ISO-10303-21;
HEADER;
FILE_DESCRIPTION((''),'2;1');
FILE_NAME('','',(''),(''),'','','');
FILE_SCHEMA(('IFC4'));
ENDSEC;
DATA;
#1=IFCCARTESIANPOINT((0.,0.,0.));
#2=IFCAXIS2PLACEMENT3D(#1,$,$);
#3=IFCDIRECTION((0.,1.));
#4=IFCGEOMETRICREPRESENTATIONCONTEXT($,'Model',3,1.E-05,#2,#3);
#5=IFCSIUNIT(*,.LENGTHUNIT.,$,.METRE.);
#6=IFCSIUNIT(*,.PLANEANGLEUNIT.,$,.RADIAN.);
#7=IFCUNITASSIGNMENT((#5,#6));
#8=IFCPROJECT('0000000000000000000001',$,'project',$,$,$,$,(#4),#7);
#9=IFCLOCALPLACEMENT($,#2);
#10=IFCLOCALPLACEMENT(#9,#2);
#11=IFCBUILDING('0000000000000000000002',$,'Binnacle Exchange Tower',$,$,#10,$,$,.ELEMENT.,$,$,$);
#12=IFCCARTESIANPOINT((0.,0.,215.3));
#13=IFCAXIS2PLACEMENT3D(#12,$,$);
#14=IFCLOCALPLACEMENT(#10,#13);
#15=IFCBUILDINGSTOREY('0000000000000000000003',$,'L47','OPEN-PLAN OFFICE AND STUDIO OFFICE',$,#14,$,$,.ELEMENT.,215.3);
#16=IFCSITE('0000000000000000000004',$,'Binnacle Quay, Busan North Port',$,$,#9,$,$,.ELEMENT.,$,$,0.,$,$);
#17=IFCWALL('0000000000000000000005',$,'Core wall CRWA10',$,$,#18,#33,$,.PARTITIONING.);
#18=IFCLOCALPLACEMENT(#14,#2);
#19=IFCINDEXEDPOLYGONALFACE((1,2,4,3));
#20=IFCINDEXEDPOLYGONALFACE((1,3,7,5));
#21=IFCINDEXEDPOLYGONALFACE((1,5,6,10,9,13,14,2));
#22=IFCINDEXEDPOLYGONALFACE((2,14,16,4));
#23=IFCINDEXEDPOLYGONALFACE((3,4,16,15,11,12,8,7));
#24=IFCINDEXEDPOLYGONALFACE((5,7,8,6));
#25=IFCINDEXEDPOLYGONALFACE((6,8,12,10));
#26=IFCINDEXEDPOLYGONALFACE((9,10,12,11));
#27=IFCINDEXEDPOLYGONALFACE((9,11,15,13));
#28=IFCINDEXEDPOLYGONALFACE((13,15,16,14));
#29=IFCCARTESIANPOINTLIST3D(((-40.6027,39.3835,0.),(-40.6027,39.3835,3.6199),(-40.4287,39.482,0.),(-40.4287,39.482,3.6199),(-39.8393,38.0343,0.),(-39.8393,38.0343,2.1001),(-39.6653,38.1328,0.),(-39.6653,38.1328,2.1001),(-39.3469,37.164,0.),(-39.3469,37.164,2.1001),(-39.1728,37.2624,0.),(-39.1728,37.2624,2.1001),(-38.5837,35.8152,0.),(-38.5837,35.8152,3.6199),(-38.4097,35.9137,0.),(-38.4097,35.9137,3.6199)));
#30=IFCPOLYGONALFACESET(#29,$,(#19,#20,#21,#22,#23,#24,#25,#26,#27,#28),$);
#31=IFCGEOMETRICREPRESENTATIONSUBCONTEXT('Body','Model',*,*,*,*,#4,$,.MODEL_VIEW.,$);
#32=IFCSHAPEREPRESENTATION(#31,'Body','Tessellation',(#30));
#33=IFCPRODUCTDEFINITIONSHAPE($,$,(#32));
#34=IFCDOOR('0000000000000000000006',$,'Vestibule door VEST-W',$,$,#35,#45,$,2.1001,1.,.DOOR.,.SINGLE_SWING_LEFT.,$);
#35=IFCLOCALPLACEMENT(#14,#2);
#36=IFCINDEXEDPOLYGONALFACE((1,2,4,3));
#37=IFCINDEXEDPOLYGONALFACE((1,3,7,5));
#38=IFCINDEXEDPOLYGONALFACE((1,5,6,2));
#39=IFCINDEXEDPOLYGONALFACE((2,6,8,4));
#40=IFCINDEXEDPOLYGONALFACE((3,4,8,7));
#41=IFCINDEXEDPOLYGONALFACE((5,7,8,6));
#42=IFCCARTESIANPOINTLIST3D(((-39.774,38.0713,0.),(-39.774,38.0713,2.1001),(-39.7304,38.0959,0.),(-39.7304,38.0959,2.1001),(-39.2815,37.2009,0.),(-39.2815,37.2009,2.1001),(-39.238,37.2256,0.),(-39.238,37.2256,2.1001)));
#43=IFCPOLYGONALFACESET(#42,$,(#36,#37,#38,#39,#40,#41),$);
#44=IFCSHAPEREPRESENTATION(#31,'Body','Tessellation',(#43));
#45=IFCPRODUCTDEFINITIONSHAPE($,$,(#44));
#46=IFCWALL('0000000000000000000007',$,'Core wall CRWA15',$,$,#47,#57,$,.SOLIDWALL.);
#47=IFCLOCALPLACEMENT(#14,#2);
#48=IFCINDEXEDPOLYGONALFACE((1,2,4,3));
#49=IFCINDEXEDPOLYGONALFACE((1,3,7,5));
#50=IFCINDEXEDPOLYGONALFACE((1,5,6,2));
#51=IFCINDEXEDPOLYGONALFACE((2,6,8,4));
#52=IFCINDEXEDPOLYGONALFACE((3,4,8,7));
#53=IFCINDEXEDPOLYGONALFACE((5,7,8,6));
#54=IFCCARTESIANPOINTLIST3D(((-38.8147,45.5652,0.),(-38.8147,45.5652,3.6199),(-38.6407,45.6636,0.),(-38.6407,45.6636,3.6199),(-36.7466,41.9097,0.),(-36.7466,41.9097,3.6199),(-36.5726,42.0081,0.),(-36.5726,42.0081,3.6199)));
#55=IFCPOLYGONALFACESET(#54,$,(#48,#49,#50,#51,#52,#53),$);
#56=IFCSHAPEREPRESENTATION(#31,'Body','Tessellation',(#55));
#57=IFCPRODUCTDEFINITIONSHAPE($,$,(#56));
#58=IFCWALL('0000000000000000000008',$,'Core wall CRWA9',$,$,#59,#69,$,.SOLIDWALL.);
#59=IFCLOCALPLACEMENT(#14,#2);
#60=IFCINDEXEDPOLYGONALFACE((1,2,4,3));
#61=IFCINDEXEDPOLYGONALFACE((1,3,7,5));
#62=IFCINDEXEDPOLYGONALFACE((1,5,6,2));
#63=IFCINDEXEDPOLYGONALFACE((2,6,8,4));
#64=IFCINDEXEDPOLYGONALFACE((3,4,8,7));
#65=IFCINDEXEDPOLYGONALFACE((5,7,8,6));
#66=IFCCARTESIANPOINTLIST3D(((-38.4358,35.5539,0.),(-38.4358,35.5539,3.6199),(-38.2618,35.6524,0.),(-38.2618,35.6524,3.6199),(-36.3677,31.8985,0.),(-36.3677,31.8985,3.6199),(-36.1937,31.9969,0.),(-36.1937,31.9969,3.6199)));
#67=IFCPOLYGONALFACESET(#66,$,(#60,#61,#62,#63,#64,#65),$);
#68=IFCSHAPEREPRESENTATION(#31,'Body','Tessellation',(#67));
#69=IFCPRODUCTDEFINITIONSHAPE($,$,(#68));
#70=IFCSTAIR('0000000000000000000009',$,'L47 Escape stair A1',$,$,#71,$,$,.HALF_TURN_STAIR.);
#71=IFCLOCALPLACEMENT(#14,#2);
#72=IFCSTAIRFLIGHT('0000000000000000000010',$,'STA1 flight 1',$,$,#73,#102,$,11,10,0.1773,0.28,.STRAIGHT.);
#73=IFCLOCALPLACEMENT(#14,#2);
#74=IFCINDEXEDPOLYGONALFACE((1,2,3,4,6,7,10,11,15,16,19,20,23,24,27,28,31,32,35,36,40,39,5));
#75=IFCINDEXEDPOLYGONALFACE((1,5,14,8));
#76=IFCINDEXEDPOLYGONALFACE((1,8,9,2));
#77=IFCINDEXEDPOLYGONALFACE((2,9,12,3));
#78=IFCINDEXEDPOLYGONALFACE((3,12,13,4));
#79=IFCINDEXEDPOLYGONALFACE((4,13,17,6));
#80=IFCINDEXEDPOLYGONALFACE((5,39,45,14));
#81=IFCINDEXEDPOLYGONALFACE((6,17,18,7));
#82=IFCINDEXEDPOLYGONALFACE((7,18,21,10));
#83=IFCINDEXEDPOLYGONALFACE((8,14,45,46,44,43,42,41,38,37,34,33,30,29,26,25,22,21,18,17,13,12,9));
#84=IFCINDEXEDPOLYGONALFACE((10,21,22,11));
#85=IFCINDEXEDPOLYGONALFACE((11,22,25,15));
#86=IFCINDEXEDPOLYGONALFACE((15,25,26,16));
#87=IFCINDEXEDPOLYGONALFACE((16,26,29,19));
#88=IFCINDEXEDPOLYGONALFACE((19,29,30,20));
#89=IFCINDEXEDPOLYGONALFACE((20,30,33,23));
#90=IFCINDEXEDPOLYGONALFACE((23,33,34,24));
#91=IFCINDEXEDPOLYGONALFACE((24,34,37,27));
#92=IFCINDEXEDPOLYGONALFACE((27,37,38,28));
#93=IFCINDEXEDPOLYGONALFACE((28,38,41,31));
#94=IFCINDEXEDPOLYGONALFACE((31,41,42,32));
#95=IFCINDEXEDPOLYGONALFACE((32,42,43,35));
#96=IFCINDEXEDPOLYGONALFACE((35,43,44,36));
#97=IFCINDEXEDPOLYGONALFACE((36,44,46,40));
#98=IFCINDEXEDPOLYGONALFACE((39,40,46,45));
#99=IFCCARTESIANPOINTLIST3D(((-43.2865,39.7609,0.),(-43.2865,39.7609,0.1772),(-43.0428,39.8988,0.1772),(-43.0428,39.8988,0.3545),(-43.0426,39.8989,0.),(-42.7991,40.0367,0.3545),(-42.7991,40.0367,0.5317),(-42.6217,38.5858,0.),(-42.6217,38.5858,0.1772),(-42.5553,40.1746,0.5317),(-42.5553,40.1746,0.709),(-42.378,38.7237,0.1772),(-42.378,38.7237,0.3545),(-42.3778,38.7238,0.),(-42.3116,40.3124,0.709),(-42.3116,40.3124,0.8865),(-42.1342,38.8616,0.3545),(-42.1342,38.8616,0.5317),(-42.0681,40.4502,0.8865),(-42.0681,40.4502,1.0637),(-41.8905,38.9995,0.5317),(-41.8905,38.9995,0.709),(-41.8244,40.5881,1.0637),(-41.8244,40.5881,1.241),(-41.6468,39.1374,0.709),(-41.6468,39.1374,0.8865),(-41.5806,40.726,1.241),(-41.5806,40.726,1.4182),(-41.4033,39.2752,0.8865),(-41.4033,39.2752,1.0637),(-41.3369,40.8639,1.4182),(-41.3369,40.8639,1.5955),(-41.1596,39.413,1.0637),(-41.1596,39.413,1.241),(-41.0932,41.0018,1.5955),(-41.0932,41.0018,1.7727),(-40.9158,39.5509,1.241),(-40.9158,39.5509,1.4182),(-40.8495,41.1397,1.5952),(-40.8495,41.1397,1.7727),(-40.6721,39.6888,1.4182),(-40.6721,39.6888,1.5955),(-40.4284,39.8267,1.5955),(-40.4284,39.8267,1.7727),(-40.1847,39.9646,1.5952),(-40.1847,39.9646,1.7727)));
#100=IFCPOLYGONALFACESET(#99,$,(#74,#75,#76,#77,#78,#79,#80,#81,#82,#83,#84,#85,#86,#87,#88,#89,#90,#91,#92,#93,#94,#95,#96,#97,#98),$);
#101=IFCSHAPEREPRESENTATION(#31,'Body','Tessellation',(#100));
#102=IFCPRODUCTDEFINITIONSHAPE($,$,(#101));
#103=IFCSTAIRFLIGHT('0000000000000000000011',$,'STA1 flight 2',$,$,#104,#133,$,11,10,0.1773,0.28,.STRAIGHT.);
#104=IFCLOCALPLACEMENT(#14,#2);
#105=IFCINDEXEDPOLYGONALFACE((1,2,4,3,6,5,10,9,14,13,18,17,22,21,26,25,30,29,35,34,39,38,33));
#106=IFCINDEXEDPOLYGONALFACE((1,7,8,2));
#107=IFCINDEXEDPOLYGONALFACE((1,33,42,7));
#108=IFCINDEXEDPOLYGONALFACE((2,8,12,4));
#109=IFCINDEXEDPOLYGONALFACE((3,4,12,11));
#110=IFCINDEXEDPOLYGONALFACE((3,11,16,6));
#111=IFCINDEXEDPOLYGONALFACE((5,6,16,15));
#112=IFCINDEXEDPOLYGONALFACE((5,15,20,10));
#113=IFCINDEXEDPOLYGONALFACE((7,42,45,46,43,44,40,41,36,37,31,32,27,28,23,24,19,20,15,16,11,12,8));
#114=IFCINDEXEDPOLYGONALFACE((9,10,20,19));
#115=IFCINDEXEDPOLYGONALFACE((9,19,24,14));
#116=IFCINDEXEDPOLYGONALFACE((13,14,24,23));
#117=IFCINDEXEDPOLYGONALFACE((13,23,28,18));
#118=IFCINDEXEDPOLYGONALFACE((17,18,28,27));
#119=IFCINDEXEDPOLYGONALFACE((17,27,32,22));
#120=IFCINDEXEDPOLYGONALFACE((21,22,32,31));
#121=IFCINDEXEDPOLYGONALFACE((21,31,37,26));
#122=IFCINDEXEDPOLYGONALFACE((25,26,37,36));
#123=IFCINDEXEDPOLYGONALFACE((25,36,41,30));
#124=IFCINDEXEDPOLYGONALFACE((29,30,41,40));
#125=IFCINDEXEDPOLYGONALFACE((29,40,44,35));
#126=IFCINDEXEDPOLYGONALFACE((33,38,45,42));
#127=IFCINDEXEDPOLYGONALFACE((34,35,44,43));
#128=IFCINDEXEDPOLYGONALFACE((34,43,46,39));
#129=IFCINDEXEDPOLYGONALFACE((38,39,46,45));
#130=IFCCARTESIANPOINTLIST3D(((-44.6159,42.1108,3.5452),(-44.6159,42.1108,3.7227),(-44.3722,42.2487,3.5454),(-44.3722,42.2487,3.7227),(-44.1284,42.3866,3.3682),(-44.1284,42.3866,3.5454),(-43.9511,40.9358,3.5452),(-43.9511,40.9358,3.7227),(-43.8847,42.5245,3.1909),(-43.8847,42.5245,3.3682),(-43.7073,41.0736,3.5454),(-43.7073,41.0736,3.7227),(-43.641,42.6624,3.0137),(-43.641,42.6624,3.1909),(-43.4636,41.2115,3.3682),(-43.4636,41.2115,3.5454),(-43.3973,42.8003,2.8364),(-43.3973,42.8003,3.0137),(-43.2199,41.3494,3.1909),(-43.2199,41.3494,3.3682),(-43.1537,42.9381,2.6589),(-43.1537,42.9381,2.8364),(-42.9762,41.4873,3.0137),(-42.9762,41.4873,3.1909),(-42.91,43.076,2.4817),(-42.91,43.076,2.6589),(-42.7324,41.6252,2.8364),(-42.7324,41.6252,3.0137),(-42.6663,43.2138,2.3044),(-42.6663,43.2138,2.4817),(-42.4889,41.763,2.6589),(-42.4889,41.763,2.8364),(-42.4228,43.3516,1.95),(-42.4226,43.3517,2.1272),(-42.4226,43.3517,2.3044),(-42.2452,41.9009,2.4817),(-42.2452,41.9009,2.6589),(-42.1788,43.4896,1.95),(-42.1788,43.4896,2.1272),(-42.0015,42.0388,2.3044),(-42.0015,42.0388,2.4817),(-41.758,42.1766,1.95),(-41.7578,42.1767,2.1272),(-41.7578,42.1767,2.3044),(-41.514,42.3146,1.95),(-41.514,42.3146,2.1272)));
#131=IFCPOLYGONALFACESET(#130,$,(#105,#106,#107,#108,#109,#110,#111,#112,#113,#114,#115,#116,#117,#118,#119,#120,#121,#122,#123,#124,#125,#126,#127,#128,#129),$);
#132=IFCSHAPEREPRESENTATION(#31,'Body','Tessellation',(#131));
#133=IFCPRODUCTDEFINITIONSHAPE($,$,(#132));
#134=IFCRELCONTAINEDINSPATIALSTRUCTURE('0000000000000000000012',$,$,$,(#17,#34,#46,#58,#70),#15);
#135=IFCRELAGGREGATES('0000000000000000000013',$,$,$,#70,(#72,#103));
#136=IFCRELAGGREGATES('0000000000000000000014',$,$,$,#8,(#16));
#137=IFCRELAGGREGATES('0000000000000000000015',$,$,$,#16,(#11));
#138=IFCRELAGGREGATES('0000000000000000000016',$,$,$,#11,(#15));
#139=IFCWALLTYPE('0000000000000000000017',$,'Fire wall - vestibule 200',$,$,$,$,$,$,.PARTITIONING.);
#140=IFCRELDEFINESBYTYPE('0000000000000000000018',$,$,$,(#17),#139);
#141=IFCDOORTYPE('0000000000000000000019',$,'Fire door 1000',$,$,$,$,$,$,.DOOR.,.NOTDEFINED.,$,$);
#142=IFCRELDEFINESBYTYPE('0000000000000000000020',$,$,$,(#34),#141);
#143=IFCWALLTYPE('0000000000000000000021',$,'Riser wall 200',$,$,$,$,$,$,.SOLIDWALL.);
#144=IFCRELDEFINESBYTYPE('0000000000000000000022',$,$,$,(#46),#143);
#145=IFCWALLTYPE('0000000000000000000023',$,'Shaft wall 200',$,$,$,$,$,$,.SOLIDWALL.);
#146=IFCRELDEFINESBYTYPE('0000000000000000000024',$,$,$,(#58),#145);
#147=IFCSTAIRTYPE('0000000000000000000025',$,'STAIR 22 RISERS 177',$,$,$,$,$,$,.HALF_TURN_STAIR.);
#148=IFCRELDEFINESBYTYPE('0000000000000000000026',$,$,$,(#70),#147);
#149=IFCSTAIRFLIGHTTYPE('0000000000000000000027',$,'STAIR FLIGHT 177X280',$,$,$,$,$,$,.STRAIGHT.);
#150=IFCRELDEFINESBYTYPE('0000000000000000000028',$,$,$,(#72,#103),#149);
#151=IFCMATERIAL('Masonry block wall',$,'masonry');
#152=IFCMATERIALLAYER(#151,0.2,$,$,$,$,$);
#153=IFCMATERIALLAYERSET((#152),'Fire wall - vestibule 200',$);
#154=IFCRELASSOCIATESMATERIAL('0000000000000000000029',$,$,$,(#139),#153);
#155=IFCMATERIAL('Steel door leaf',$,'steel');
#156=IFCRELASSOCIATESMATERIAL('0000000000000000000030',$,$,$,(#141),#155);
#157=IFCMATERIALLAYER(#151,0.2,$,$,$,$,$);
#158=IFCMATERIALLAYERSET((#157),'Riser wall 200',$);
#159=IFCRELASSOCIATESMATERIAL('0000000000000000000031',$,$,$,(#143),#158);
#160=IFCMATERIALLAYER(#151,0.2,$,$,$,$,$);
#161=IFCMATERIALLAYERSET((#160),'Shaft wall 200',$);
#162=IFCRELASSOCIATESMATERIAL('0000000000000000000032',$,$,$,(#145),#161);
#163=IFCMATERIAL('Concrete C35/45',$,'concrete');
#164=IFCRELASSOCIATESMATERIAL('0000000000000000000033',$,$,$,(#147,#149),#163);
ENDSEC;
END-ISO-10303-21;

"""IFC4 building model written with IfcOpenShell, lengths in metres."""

from ifc_helpers import new_model, si_unit, direction, frame, frame_2d, origin, place, context, subcontext, project, spatial, polyline, rectangle, outline, extrude, material, layer, layer_set, type_object, element, fill, aggregate, save


model = new_model("IFC4")

# Units and contexts
model_context = context("Model", 3, precision=1e-05, world=origin(), true_north=direction((0.0, 1.0)))
body_context = subcontext(model_context, "Body", "Model", "MODEL_VIEW")
ifc_project = project(units=[si_unit("LENGTHUNIT", "METRE"), si_unit("PLANEANGLEUNIT", "RADIAN")], contexts=[model_context])

# Site, building, storey
site_placement = place(None, origin())
site = spatial("IfcSite", under=ifc_project, at=site_placement, Name="Binnacle Quay, Busan North Port", CompositionType="ELEMENT", RefElevation=0.0)
building_placement = place(site_placement, origin())
building = spatial("IfcBuilding", under=site, at=building_placement, Name="Binnacle Exchange Tower", CompositionType="ELEMENT")
storey_placement = place(building_placement, frame((0.0, 0.0, 215.3)))
storey = spatial("IfcBuildingStorey", under=building, at=storey_placement, Name="L47", Description="OPEN-PLAN OFFICE AND STUDIO OFFICE", CompositionType="ELEMENT", Elevation=215.3)

# Shared definitions
ifc_material_1 = material(Name="Steel door leaf", Category="steel")

# Wall, opening, door
ifc_material_2 = material(Name="Masonry block wall", Category="masonry")
ifc_layer_1 = layer(ifc_material_2, 0.2)
ifc_layer_set_1 = layer_set([ifc_layer_1], Name="Fire wall - vestibule 200")
wall_type_1 = type_object("IfcWallType", Name="Fire wall - vestibule 200", PredefinedType="PARTITIONING", material=ifc_layer_set_1)
wall_1_placement = place(storey_placement, frame((-40.5156, 39.4326, 0.0), z_axis=(0.0, 0.0, 1.0), x_axis=(0.492454, -0.870339, 0.0)))
wall_1 = element("IfcWall", 1, at=wall_1_placement, inside=storey, type_object=wall_type_1, Name="Core wall CRWA10", PredefinedType="PARTITIONING", context=body_context, shape_type="SweptSolid", body=[
    extrude(rectangle(XDim=4.0999, YDim=0.2, at=frame_2d((2.0498, 0.0))), origin(), (0.0, 0.0, 1.0), 3.6199),
])
opening_1_placement = place(wall_1_placement, frame((1.55, 0.0, 0.0)))
opening_1 = element("IfcOpeningElement", 2, at=opening_1_placement, cuts=wall_1, PredefinedType="OPENING", context=body_context, shape_type="SweptSolid", body=[
    extrude(rectangle(XDim=1.0, YDim=2.1001, at=frame_2d((0.5, 1.05))), frame((0.0, 0.1099, 0.0), z_axis=(0.0, -1.0, 0.0), x_axis=(1.0, 0.0, 0.0)), (0.0, 0.0, 1.0), 0.22),
])
door_type_1 = type_object("IfcDoorType", Name="Fire door 1000", OperationType="NOTDEFINED", PredefinedType="DOOR", material=ifc_material_1)
door_1_placement = place(opening_1_placement, frame((1.0, 0.0, 0.0), z_axis=(0.0, 0.0, 1.0), x_axis=(-1.0, 0.0, 0.0)))
door_1 = element("IfcDoor", 3, at=door_1_placement, inside=storey, type_object=door_type_1, Name="Vestibule door VEST-W", OperationType="SINGLE_SWING_LEFT", OverallHeight=2.1001, OverallWidth=1.0, PredefinedType="DOOR", context=body_context, shape_type="SweptSolid", body=[
    extrude(rectangle(XDim=1.0, YDim=2.1001, at=frame_2d((0.5, 1.05))), frame((0.0, 0.0249, 0.0), z_axis=(0.0, -1.0, 0.0), x_axis=(1.0, 0.0, 0.0)), (0.0, 0.0, 1.0), 0.05),
])
fill(opening_1, door_1)

# Walls
ifc_layer_2 = layer(ifc_material_2, 0.2)
ifc_layer_set_2 = layer_set([ifc_layer_2], Name="Riser wall 200")
wall_type_2 = type_object("IfcWallType", Name="Riser wall 200", PredefinedType="SOLIDWALL", material=ifc_layer_set_2)
wall_2_placement = place(storey_placement, frame((-38.7278, 45.6145, 0.0), z_axis=(0.0, 0.0, 1.0), x_axis=(0.49241, -0.870364, 0.0)))
element("IfcWall", 4, at=wall_2_placement, inside=storey, type_object=wall_type_2, Name="Core wall CRWA15", PredefinedType="SOLIDWALL", context=body_context, shape_type="SweptSolid", body=[
    extrude(rectangle(XDim=4.2, YDim=0.2, at=frame_2d((2.1001, 0.0))), origin(), (0.0, 0.0, 1.0), 3.6199),
])
ifc_layer_3 = layer(ifc_material_2, 0.2)
ifc_layer_set_3 = layer_set([ifc_layer_3], Name="Shaft wall 200")
wall_type_3 = type_object("IfcWallType", Name="Shaft wall 200", PredefinedType="SOLIDWALL", material=ifc_layer_set_3)
wall_3_placement = place(storey_placement, frame((-38.3489, 35.6033, 0.0), z_axis=(0.0, 0.0, 1.0), x_axis=(0.49241, -0.870364, 0.0)))
element("IfcWall", 5, at=wall_3_placement, inside=storey, type_object=wall_type_3, Name="Core wall CRWA9", PredefinedType="SOLIDWALL", context=body_context, shape_type="SweptSolid", body=[
    extrude(rectangle(XDim=4.2, YDim=0.2, at=frame_2d((2.1001, 0.0))), origin(), (0.0, 0.0, 1.0), 3.6199),
])

# Stair, stair flights
ifc_material_3 = material(Name="Concrete C35/45", Category="concrete")
stair_type = type_object("IfcStairType", Name="STAIR 22 RISERS 177", PredefinedType="HALF_TURN_STAIR", material=ifc_material_3)
stair_placement = place(storey_placement, origin())
stair = element("IfcStair", 6, at=stair_placement, inside=storey, type_object=stair_type, Name="L47 Escape stair A1", PredefinedType="HALF_TURN_STAIR")
stair_flight_type = type_object("IfcStairFlightType", Name="STAIR FLIGHT 177X280", PredefinedType="STRAIGHT", material=ifc_material_3)
stair_flight_1_placement = place(storey_placement, frame((-42.9541, 39.1733, 0.0), z_axis=(0.0, 0.0, 1.0), x_axis=(0.870356, 0.492424, 0.0)))
stair_flight_1 = element("IfcStairFlight", 7, at=stair_flight_1_placement, type_object=stair_flight_type, Name="STA1 flight 1", NumberOfRisers=11, NumberOfTreads=10, PredefinedType="STRAIGHT", RiserHeight=0.1773, TreadLength=0.28, context=body_context, shape_type="SweptSolid", body=[
    extrude(outline(polyline([(0.0, 0.0), (0.0, 0.1772), (0.28, 0.1772), (0.28, 0.3545), (0.5601, 0.3545), (0.5601, 0.5317), (0.8401, 0.5317), (0.8401, 0.709), (1.1201, 0.709), (1.1201, 0.8865), (1.3999, 0.8865), (1.3999, 1.0637), (1.6799, 1.0637), (1.6799, 1.241), (1.96, 1.241), (1.96, 1.4182), (2.24, 1.4182), (2.24, 1.5955), (2.52, 1.5955), (2.52, 1.7727), (2.8, 1.7727), (2.8, 1.95), (2.8, 1.5952), (0.2803, 0.0), (0.0, 0.0)])), frame((0.0, 0.675, 0.0), z_axis=(0.0, -1.0, 0.0), x_axis=(1.0, 0.0, 0.0)), (0.0, 0.0, 1.0), 1.3501),
])
stair_flight_2_placement = place(storey_placement, frame((-41.8464, 42.9021, 1.95), z_axis=(0.0, 0.0, 1.0), x_axis=(-0.870356, -0.492424, 0.0)))
stair_flight_2 = element("IfcStairFlight", 8, at=stair_flight_2_placement, type_object=stair_flight_type, Name="STA1 flight 2", NumberOfRisers=11, NumberOfTreads=10, PredefinedType="STRAIGHT", RiserHeight=0.1773, TreadLength=0.28, context=body_context, shape_type="SweptSolid", body=[
    extrude(outline(polyline([(0.0, 0.0), (0.0, 0.1772), (0.28, 0.1772), (0.28, 0.3545), (0.5601, 0.3545), (0.5601, 0.5317), (0.8401, 0.5317), (0.8401, 0.709), (1.1201, 0.709), (1.1201, 0.8865), (1.3999, 0.8865), (1.3999, 1.0637), (1.6799, 1.0637), (1.6799, 1.241), (1.96, 1.241), (1.96, 1.4182), (2.24, 1.4182), (2.24, 1.5955), (2.52, 1.5955), (2.52, 1.7727), (2.8, 1.7727), (2.8, 1.95), (2.8, 1.5952), (0.2803, 0.0), (0.0, 0.0)])), frame((0.0, 0.675, 0.0), z_axis=(0.0, -1.0, 0.0), x_axis=(1.0, 0.0, 0.0)), (0.0, 0.0, 1.0), 1.3501),
])
aggregate(stair, [stair_flight_1, stair_flight_2])

save(model, "model.ifc")
